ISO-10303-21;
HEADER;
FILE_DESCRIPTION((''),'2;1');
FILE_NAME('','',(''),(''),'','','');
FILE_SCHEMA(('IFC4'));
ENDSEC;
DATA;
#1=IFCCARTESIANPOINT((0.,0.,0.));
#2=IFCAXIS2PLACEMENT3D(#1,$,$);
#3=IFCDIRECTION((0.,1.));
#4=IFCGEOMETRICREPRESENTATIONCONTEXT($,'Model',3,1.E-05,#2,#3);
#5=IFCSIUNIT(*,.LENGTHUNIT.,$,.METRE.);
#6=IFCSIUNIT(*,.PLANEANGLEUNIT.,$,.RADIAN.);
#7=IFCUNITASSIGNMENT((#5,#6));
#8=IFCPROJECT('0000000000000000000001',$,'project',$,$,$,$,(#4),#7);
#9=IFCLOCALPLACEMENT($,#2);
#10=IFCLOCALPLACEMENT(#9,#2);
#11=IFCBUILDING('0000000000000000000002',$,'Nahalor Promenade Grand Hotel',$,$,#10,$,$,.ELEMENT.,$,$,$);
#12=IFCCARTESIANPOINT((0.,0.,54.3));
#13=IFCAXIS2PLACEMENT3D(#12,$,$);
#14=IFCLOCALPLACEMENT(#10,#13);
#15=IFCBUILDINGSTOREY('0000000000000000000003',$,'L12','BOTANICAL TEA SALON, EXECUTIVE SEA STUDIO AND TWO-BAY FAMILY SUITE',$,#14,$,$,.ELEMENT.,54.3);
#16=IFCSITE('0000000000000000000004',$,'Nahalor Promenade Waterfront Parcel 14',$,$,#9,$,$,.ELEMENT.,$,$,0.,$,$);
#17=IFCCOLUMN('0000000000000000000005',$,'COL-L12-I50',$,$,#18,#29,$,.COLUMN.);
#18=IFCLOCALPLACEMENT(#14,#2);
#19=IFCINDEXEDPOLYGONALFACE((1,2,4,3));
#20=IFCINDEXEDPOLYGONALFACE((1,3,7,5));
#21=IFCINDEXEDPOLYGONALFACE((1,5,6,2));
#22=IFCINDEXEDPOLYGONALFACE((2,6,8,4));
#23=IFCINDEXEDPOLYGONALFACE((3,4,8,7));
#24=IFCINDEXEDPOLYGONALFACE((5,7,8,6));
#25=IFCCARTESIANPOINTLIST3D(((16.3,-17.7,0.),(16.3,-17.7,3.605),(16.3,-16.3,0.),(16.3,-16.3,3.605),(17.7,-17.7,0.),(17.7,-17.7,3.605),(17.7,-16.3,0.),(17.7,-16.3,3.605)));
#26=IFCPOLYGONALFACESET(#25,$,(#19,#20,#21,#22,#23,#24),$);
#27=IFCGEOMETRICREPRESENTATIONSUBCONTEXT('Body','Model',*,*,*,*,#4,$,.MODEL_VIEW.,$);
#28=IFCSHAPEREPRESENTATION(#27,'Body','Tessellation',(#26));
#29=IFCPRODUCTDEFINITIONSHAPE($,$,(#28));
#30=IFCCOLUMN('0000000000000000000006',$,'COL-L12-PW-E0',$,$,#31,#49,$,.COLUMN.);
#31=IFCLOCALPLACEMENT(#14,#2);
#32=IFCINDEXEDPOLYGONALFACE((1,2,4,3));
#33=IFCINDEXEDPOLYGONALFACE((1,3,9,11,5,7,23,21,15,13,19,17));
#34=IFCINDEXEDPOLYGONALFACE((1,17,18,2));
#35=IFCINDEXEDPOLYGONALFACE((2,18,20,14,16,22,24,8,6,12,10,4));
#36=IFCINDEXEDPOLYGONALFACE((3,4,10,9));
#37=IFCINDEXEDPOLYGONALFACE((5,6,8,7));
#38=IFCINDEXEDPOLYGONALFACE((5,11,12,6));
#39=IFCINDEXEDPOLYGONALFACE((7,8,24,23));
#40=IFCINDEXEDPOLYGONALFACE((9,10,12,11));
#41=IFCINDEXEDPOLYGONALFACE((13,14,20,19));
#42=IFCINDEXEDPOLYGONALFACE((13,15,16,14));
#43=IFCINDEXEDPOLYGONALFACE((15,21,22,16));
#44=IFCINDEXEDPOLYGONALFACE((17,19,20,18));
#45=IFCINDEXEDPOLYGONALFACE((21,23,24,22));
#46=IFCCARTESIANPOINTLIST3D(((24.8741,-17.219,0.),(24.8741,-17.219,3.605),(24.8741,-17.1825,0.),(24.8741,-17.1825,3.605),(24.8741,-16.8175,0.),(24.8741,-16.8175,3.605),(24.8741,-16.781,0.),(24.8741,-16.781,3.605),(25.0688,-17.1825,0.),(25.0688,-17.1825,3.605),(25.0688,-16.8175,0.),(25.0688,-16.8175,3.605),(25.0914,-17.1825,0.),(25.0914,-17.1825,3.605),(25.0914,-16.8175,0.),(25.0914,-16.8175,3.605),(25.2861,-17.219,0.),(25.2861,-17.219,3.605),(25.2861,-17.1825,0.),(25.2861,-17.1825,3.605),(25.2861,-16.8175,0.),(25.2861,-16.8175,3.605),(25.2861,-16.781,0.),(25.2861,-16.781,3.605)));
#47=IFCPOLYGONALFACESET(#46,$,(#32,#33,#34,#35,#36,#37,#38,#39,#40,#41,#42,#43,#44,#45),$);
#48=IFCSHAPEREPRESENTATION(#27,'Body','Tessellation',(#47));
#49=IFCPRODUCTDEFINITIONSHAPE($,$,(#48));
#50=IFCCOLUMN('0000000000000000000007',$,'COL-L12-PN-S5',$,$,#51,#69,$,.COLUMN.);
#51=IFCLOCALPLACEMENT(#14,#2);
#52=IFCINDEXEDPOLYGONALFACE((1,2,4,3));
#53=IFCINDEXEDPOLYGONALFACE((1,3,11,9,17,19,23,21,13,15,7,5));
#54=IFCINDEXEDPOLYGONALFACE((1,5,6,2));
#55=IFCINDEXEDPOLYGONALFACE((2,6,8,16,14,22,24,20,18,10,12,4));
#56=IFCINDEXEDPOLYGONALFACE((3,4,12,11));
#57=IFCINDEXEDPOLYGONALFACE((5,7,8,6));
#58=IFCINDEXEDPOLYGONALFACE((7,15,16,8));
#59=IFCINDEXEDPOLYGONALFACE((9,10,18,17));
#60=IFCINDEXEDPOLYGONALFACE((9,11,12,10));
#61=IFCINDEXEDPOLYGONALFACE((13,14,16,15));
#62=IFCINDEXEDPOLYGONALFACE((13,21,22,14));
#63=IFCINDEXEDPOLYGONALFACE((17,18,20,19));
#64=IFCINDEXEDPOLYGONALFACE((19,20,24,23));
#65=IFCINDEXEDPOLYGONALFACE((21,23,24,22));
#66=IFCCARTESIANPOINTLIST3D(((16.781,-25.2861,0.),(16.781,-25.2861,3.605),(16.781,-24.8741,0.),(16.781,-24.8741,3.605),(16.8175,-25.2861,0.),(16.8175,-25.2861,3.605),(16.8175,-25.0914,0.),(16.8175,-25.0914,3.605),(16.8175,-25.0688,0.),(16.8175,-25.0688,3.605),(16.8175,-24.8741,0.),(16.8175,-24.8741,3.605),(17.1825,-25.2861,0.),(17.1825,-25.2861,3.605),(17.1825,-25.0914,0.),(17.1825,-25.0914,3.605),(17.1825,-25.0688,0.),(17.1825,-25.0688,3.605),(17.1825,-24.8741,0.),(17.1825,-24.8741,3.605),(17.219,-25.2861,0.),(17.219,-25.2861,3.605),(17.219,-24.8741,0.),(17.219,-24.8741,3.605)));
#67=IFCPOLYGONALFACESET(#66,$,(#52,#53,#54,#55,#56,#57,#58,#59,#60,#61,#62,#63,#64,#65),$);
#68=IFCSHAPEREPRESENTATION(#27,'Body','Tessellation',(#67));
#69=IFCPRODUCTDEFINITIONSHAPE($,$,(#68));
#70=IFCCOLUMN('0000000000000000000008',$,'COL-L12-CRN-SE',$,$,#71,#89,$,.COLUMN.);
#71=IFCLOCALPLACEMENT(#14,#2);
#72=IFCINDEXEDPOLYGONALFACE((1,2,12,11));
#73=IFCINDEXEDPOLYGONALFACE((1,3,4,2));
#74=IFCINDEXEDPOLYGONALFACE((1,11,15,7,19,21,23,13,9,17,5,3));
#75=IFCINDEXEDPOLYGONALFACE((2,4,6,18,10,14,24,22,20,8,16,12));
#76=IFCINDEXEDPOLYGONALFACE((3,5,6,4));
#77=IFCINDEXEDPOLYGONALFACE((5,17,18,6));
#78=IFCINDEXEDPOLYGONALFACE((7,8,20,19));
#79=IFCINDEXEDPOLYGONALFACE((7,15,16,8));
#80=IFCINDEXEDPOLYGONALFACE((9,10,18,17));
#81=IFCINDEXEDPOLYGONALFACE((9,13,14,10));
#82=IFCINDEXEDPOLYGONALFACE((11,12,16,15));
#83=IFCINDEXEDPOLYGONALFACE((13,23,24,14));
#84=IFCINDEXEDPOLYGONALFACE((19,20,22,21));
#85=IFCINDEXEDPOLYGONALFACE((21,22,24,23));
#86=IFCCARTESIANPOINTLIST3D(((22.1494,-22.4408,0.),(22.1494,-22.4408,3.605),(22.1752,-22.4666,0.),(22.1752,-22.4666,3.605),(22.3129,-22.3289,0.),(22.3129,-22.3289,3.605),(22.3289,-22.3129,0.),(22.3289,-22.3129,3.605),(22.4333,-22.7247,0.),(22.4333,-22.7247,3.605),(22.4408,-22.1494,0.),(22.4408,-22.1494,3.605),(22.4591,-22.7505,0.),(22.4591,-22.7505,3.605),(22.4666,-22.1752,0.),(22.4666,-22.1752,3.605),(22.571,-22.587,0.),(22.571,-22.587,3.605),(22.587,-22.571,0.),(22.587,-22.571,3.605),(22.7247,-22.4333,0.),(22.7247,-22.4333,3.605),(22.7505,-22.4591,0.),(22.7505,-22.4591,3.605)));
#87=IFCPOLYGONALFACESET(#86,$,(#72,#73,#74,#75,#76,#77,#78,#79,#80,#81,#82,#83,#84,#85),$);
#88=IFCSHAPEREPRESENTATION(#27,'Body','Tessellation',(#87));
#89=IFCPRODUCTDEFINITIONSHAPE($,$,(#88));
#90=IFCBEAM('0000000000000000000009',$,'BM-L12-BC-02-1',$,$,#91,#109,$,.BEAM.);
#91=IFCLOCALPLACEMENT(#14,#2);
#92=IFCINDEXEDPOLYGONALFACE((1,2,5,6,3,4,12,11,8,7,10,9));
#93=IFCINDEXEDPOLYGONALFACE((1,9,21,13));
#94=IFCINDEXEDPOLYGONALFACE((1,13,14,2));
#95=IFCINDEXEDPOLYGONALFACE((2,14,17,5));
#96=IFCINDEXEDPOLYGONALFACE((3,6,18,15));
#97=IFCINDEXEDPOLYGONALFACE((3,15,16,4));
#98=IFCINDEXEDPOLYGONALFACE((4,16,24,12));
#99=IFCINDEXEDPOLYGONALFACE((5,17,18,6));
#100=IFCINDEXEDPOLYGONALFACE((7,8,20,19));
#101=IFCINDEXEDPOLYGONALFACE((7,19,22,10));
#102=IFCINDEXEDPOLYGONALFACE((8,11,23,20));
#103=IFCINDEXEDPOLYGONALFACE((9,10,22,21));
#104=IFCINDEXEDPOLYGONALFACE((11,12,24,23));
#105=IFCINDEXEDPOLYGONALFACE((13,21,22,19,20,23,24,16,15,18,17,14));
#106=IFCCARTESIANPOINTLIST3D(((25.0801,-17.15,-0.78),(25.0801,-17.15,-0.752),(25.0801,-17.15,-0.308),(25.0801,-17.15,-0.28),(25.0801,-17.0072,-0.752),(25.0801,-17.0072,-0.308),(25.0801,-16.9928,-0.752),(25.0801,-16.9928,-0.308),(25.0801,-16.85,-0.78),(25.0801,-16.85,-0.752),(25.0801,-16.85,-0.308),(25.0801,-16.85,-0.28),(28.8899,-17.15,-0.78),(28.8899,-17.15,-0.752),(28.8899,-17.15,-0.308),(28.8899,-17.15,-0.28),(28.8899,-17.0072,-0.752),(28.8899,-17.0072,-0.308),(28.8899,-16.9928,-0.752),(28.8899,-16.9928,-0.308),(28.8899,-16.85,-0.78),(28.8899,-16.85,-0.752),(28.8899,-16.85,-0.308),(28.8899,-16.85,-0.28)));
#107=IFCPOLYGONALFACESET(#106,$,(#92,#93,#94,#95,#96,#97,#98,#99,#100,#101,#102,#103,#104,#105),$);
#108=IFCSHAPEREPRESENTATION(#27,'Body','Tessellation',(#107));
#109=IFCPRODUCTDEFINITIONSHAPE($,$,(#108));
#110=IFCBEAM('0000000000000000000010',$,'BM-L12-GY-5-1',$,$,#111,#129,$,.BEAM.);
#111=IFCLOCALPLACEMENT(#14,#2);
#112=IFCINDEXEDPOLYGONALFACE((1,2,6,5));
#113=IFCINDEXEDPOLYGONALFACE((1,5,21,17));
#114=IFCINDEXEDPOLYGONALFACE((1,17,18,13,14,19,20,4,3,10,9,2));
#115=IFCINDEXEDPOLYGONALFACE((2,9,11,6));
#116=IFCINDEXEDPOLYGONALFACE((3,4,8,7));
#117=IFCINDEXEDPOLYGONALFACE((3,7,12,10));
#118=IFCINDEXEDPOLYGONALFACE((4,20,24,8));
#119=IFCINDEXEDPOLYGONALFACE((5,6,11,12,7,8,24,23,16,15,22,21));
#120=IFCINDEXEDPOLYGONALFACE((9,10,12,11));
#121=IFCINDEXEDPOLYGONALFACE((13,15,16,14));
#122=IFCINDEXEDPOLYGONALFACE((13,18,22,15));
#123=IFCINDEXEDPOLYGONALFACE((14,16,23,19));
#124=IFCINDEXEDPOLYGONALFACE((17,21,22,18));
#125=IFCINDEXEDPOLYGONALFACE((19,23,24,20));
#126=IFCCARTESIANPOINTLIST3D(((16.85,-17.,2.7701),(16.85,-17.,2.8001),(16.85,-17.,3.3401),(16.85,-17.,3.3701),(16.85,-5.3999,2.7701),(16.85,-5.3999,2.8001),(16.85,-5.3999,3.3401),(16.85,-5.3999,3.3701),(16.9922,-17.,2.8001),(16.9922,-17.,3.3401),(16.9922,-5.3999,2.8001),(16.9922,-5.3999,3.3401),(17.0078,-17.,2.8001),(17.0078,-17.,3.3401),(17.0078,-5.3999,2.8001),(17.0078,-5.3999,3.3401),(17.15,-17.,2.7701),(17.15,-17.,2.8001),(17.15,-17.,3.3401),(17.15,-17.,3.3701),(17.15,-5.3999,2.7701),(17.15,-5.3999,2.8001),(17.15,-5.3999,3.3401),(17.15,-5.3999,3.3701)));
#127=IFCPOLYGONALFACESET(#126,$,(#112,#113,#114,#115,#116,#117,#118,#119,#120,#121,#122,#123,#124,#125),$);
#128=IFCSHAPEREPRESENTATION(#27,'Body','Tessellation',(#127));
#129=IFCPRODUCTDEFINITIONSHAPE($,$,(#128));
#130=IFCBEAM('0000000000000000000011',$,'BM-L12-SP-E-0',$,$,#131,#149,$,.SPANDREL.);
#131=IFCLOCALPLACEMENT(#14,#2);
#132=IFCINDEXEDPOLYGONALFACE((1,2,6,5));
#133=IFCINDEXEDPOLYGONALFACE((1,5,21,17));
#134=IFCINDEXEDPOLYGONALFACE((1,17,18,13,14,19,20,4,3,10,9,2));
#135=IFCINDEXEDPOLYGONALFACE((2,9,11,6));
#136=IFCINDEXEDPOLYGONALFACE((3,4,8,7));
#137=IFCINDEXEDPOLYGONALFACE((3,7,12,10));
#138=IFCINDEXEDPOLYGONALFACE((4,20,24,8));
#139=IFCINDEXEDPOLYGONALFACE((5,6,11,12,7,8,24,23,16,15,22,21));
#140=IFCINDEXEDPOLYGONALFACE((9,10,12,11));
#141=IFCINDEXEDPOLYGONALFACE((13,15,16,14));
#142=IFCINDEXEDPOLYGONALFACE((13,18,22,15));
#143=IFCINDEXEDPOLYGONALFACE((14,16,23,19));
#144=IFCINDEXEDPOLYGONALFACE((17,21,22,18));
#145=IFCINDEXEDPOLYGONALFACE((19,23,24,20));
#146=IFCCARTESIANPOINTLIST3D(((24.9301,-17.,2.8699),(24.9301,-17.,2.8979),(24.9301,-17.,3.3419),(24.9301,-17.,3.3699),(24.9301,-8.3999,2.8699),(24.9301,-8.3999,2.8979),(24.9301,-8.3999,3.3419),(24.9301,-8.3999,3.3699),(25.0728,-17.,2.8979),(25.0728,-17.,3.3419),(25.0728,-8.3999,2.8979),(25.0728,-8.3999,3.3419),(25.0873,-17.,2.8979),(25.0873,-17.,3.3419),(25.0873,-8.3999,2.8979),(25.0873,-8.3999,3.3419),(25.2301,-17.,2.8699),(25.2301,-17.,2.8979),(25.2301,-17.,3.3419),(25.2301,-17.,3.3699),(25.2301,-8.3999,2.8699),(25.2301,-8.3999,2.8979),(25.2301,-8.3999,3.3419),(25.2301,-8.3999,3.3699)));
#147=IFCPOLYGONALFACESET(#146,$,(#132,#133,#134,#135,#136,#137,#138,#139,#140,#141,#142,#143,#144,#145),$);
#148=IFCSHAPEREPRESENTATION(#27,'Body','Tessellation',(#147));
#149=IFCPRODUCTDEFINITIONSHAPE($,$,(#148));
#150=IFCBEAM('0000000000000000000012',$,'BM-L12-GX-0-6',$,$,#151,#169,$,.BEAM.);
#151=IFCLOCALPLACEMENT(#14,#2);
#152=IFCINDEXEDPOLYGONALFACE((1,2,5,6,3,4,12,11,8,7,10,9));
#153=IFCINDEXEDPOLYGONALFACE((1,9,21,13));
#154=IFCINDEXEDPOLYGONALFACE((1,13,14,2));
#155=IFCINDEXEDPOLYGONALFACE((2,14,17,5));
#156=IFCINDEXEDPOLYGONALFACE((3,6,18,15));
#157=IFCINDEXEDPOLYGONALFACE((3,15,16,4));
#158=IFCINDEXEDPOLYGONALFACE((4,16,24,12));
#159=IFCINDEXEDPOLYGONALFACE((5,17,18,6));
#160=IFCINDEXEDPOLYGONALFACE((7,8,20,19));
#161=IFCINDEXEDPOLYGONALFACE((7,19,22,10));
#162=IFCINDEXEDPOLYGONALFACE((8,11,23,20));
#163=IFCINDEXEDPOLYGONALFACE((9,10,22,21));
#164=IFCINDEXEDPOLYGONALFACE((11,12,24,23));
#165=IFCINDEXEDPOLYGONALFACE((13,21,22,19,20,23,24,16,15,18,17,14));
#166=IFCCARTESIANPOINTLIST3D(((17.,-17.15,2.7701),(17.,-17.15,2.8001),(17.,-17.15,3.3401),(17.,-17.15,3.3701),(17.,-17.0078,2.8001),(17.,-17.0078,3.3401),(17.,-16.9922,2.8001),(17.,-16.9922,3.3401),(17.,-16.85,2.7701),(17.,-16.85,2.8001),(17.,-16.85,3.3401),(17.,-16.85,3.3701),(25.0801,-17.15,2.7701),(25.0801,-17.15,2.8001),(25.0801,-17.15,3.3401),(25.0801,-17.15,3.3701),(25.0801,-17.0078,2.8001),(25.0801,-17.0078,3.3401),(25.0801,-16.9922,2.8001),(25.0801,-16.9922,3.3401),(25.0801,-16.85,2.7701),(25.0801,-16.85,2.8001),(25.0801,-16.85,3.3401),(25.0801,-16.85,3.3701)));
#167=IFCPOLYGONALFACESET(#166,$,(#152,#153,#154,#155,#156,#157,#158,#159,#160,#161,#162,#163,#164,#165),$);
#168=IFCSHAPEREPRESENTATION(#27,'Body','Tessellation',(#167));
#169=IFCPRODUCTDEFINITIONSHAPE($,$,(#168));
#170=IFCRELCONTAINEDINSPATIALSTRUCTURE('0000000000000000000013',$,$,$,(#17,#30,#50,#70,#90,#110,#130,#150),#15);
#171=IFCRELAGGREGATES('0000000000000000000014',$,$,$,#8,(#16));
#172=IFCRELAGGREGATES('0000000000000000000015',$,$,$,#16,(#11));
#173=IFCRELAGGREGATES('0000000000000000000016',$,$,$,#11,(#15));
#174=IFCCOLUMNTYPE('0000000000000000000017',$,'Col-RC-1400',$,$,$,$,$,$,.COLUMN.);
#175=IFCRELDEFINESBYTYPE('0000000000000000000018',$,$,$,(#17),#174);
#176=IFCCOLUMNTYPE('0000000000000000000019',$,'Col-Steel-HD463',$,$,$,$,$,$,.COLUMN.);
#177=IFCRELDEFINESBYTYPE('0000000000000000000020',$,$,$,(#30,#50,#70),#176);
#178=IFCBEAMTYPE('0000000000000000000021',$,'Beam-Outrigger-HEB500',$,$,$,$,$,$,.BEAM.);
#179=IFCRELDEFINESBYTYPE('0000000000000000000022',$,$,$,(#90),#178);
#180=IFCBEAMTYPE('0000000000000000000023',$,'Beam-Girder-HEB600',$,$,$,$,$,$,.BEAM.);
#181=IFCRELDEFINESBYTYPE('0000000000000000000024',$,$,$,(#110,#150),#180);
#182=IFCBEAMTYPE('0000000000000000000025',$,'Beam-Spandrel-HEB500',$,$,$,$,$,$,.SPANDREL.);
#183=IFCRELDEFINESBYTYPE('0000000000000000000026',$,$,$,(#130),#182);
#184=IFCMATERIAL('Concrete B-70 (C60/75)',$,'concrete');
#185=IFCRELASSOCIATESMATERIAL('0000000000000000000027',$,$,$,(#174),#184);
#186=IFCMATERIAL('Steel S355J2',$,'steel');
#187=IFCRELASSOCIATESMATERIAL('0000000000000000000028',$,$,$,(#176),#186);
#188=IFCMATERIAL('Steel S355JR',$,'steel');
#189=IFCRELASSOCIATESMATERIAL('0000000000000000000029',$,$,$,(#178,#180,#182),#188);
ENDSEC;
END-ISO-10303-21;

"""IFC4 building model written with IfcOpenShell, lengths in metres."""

from ifc_helpers import new_model, si_unit, direction, frame, origin, origin_2d, place, context, subcontext, project, spatial, rectangle, i_section, extrude, source, transform, mapped, material, material_profile, profile_set, type_object, element, save


model = new_model("IFC4")

# Units and contexts
model_context = context("Model", 3, precision=1e-05, world=origin(), true_north=direction((0.0, 1.0)))
body_context = subcontext(model_context, "Body", "Model", "MODEL_VIEW")
ifc_project = project(units=[si_unit("LENGTHUNIT", "METRE"), si_unit("PLANEANGLEUNIT", "RADIAN")], contexts=[model_context])

# Site, building, storey
site_placement = place(None, origin())
site = spatial("IfcSite", under=ifc_project, at=site_placement, Name="Nahalor Promenade Waterfront Parcel 14", CompositionType="ELEMENT", RefElevation=0.0)
building_placement = place(site_placement, origin())
building = spatial("IfcBuilding", under=site, at=building_placement, Name="Nahalor Promenade Grand Hotel", CompositionType="ELEMENT")
storey_placement = place(building_placement, frame((0.0, 0.0, 54.3)))
storey = spatial("IfcBuildingStorey", under=building, at=storey_placement, Name="L12", Description="BOTANICAL TEA SALON, EXECUTIVE SEA STUDIO AND TWO-BAY FAMILY SUITE", CompositionType="ELEMENT", Elevation=54.3)

# Columns
ifc_material_1 = material(Name="Concrete B-70 (C60/75)", Category="concrete")
ifc_material_profile_1 = material_profile(ifc_material_1, rectangle(XDim=1.4, YDim=1.4, at=origin_2d()), Name="RC 1400x1400")
ifc_profile_set_1 = profile_set([ifc_material_profile_1], Name="Concrete B-70 (C60/75)")
column_type_1 = type_object("IfcColumnType", Name="Col-RC-1400", PredefinedType="COLUMN", material=ifc_profile_set_1)
shared_shape_1 = source(origin(), body_context, "Body", "SweptSolid", [
    extrude(rectangle(XDim=1.4, YDim=1.4, at=origin_2d()), origin(), (0.0, 0.0, 1.0), 3.605),
])
column_placement = place(storey_placement, frame((17.0, -17.0, 0.0), z_axis=(0.0, 0.0, 1.0), x_axis=(1.0, 0.0, 0.0)))
element("IfcColumn", 1, at=column_placement, inside=storey, type_object=column_type_1, Name="COL-L12-I50", PredefinedType="COLUMN", context=body_context, shape_type="MappedRepresentation", body=[
    mapped(shared_shape_1, transform((0.0, 0.0, 0.0), scale=1.0)),
])
ifc_material_2 = material(Name="Steel S355J2", Category="steel")
ifc_material_profile_2 = material_profile(ifc_material_2, i_section(OverallWidth=0.412, OverallDepth=0.438, WebThickness=0.0226, FlangeThickness=0.0365, at=origin_2d()), Name="HD 400x463")
ifc_profile_set_2 = profile_set([ifc_material_profile_2], Name="Steel S355J2")
column_type_2 = type_object("IfcColumnType", Name="Col-Steel-HD463", PredefinedType="COLUMN", material=ifc_profile_set_2)
shared_shape_2 = source(origin(), body_context, "Body", "SweptSolid", [
    extrude(i_section(OverallWidth=0.412, OverallDepth=0.438, WebThickness=0.0226, FlangeThickness=0.0365, at=origin_2d()), origin(), (0.0, 0.0, 1.0), 3.605),
])
for number, where, z_axis, x_axis, name in (
    (2, (25.0801, -17.0, 0.0), (0.0, 0.0, 1.0), (1.0, 0.0, 0.0), "COL-L12-PW-E0"),
    (3, (17.0, -25.0801, 0.0), (0.0, 0.0, 1.0), (0.0, 1.0, 0.0), "COL-L12-PN-S5"),
    (4, (22.45, -22.45, 0.0), (0.0, 0.0, 1.0), (0.707107, 0.707107, 0.0), "COL-L12-CRN-SE"),
):
    element("IfcColumn", number, at=place(storey_placement, frame(where, z_axis=z_axis, x_axis=x_axis)), inside=storey, type_object=column_type_2, Name=name, PredefinedType="COLUMN", context=body_context, shape_type="MappedRepresentation", body=[
        mapped(shared_shape_2, transform((0.0, 0.0, 0.0), scale=1.0)),
    ])

# Beams
ifc_material_3 = material(Name="Steel S355JR", Category="steel")
ifc_material_profile_3 = material_profile(ifc_material_3, i_section(OverallWidth=0.3, OverallDepth=0.5, WebThickness=0.0145, FlangeThickness=0.028, at=origin_2d()), Name="HEB 500")
ifc_profile_set_3 = profile_set([ifc_material_profile_3], Name="Steel S355JR")
beam_type_1 = type_object("IfcBeamType", Name="Beam-Outrigger-HEB500", PredefinedType="BEAM", material=ifc_profile_set_3)
shared_shape_3 = source(origin(), body_context, "Body", "SweptSolid", [
    extrude(i_section(OverallWidth=0.3, OverallDepth=0.5, WebThickness=0.0145, FlangeThickness=0.028, at=origin_2d()), origin(), (0.0, 0.0, 1.0), 3.8098),
])
beam_1_placement = place(storey_placement, frame((25.0801, -17.0, -0.53), z_axis=(1.0, 0.0, 0.0), x_axis=(0.0, 1.0, 0.0)))
element("IfcBeam", 5, at=beam_1_placement, inside=storey, type_object=beam_type_1, Name="BM-L12-BC-02-1", PredefinedType="BEAM", context=body_context, shape_type="MappedRepresentation", body=[
    mapped(shared_shape_3, transform((0.0, 0.0, 0.0), scale=1.0)),
])
ifc_material_profile_4 = material_profile(ifc_material_3, i_section(OverallWidth=0.3, OverallDepth=0.6, WebThickness=0.0155, FlangeThickness=0.03, at=origin_2d()), Name="HEB 600")
ifc_profile_set_4 = profile_set([ifc_material_profile_4], Name="Steel S355JR")
beam_type_2 = type_object("IfcBeamType", Name="Beam-Girder-HEB600", PredefinedType="BEAM", material=ifc_profile_set_4)
shared_shape_4 = source(origin(), body_context, "Body", "SweptSolid", [
    extrude(i_section(OverallWidth=0.3, OverallDepth=0.6, WebThickness=0.0155, FlangeThickness=0.03, at=origin_2d()), origin(), (0.0, 0.0, 1.0), 11.6001),
])
beam_2_placement = place(storey_placement, frame((17.0, -17.0, 3.0701), z_axis=(0.0, 1.0, 0.0), x_axis=(-1.0, 0.0, 0.0)))
element("IfcBeam", 6, at=beam_2_placement, inside=storey, type_object=beam_type_2, Name="BM-L12-GY-5-1", PredefinedType="BEAM", context=body_context, shape_type="MappedRepresentation", body=[
    mapped(shared_shape_4, transform((0.0, 0.0, 0.0), scale=1.0)),
])
ifc_material_profile_5 = material_profile(ifc_material_3, i_section(OverallWidth=0.3, OverallDepth=0.5, WebThickness=0.0145, FlangeThickness=0.028, at=origin_2d()), Name="HEB 500")
ifc_profile_set_5 = profile_set([ifc_material_profile_5], Name="Steel S355JR")
beam_type_3 = type_object("IfcBeamType", Name="Beam-Spandrel-HEB500", PredefinedType="SPANDREL", material=ifc_profile_set_5)
shared_shape_5 = source(origin(), body_context, "Body", "SweptSolid", [
    extrude(i_section(OverallWidth=0.3, OverallDepth=0.5, WebThickness=0.0145, FlangeThickness=0.028, at=origin_2d()), origin(), (0.0, 0.0, 1.0), 8.6001),
])
beam_3_placement = place(storey_placement, frame((25.0801, -17.0, 3.1199), z_axis=(0.0, 1.0, 0.0), x_axis=(-1.0, 0.0, 0.0)))
element("IfcBeam", 7, at=beam_3_placement, inside=storey, type_object=beam_type_3, Name="BM-L12-SP-E-0", PredefinedType="SPANDREL", context=body_context, shape_type="MappedRepresentation", body=[
    mapped(shared_shape_5, transform((0.0, 0.0, 0.0), scale=1.0)),
])
shared_shape_6 = source(origin(), body_context, "Body", "SweptSolid", [
    extrude(i_section(OverallWidth=0.3, OverallDepth=0.6, WebThickness=0.0155, FlangeThickness=0.03, at=origin_2d()), origin(), (0.0, 0.0, 1.0), 8.0801),
])
for number, where, z_axis, x_axis, name in (
    (8, (17.0, -17.0, 3.0701), (1.0, 0.0, 0.0), (0.0, 1.0, 0.0), "BM-L12-GX-0-6"),
):
    element("IfcBeam", number, at=place(storey_placement, frame(where, z_axis=z_axis, x_axis=x_axis)), inside=storey, type_object=beam_type_2, Name=name, PredefinedType="BEAM", context=body_context, shape_type="MappedRepresentation", body=[
        mapped(shared_shape_6, transform((0.0, 0.0, 0.0), scale=1.0)),
    ])

save(model, "model.ifc")
